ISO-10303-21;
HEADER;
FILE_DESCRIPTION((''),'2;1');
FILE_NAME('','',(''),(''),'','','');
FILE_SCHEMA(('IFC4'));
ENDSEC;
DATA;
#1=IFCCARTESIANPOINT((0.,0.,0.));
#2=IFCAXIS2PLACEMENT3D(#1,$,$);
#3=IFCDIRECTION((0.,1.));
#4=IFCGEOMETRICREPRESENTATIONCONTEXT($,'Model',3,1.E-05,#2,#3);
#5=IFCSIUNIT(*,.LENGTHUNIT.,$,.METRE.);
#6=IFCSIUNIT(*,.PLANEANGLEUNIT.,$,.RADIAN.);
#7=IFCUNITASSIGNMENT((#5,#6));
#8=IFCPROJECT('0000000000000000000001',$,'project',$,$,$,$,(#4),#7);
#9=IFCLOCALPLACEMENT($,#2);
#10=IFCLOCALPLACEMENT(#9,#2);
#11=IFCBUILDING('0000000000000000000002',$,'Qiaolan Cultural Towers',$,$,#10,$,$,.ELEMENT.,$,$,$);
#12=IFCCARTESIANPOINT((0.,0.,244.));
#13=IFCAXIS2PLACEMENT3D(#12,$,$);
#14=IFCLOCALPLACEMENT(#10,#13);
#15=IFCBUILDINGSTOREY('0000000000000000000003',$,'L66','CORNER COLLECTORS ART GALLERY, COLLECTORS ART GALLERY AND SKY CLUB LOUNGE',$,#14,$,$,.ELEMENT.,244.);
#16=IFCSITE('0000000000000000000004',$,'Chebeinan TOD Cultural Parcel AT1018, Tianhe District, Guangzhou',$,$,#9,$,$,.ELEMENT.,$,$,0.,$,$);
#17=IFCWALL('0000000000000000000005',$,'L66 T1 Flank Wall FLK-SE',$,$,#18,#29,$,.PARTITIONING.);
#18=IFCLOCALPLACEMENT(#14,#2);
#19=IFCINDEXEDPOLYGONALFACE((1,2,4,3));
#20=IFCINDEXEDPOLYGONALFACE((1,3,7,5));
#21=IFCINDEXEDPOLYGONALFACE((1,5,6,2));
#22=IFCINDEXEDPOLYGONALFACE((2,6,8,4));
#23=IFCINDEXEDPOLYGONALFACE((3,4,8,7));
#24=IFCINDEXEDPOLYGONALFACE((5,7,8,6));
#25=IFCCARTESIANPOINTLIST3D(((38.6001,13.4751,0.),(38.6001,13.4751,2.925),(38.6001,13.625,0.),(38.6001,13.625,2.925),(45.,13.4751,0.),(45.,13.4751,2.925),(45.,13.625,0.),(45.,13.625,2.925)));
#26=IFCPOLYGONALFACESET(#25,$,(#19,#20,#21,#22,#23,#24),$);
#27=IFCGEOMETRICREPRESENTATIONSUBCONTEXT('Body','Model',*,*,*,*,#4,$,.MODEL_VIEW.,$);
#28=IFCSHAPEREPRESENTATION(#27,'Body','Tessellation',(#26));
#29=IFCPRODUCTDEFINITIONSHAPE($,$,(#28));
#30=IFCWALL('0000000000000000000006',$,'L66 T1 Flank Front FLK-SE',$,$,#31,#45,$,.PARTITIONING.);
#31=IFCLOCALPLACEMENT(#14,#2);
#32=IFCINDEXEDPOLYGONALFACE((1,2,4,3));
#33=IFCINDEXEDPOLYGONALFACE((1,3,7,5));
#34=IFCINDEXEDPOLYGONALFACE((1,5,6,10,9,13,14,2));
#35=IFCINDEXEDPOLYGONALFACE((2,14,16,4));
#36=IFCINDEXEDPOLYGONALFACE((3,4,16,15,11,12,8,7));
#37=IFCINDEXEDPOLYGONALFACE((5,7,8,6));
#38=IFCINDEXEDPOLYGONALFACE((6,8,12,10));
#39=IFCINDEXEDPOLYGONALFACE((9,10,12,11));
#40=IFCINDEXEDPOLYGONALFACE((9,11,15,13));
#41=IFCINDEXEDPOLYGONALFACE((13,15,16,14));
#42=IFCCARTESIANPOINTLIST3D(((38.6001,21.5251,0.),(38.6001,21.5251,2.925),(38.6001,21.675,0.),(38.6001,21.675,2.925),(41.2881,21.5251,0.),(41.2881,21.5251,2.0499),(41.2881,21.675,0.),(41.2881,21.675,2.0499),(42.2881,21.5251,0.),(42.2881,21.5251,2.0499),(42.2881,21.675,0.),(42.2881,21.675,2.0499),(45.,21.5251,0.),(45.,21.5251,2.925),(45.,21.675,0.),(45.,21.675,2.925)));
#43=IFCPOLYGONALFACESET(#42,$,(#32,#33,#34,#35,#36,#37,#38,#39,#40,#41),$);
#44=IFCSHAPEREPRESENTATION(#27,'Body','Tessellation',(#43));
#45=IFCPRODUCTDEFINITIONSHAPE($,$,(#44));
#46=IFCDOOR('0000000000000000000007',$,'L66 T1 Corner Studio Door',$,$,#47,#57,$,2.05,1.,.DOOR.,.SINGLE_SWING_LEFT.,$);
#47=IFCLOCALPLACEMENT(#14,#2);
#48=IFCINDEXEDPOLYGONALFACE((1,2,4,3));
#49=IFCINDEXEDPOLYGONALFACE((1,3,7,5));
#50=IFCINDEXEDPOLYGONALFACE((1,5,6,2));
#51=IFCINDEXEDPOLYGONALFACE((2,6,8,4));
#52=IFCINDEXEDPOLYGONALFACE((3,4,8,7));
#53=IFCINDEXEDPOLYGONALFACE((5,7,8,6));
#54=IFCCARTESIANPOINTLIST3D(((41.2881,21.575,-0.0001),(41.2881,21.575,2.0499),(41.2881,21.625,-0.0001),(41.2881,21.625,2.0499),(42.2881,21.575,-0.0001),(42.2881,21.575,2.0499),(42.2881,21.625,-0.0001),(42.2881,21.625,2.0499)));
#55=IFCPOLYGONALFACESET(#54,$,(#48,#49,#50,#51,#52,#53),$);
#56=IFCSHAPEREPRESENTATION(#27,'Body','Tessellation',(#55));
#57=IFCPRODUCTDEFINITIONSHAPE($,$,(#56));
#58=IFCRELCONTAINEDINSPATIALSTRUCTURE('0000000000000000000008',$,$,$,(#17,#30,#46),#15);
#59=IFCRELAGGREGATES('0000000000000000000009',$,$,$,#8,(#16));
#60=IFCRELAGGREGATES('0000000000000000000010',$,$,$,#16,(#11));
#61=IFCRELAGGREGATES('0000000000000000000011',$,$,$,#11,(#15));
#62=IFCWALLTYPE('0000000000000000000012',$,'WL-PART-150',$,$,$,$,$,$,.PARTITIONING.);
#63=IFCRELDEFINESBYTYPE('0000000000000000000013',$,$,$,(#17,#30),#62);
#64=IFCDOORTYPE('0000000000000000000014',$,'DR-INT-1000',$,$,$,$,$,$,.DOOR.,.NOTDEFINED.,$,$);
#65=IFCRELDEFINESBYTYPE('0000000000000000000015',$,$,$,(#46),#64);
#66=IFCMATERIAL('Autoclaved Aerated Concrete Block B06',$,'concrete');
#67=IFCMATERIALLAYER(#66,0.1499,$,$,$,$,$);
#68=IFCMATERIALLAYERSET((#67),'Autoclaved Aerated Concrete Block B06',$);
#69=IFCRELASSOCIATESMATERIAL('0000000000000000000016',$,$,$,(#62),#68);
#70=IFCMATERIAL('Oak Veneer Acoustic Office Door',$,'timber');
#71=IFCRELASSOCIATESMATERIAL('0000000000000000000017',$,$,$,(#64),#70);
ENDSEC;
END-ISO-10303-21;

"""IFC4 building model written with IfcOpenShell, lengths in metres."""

from ifc_helpers import new_model, si_unit, direction, frame, frame_2d, origin, place, context, subcontext, project, spatial, rectangle, extrude, material, layer, layer_set, type_object, element, fill, save


model = new_model("IFC4")

# Units and contexts
model_context = context("Model", 3, precision=1e-05, world=origin(), true_north=direction((0.0, 1.0)))
body_context = subcontext(model_context, "Body", "Model", "MODEL_VIEW")
ifc_project = project(units=[si_unit("LENGTHUNIT", "METRE"), si_unit("PLANEANGLEUNIT", "RADIAN")], contexts=[model_context])

# Site, building, storey
site_placement = place(None, origin())
site = spatial("IfcSite", under=ifc_project, at=site_placement, Name="Chebeinan TOD Cultural Parcel AT1018, Tianhe District, Guangzhou", CompositionType="ELEMENT", RefElevation=0.0)
building_placement = place(site_placement, origin())
building = spatial("IfcBuilding", under=site, at=building_placement, Name="Qiaolan Cultural Towers", CompositionType="ELEMENT")
storey_placement = place(building_placement, frame((0.0, 0.0, 244.0)))
storey = spatial("IfcBuildingStorey", under=building, at=storey_placement, Name="L66", Description="CORNER COLLECTORS ART GALLERY, COLLECTORS ART GALLERY AND SKY CLUB LOUNGE", CompositionType="ELEMENT", Elevation=244.0)

# Shared definitions
ifc_material_1 = material(Name="Autoclaved Aerated Concrete Block B06", Category="concrete")
ifc_layer_1 = layer(ifc_material_1, 0.1499)
ifc_layer_set_1 = layer_set([ifc_layer_1], Name="Autoclaved Aerated Concrete Block B06")
wall_type_1 = type_object("IfcWallType", Name="WL-PART-150", PredefinedType="PARTITIONING", material=ifc_layer_set_1)

# Wall
wall_1_placement = place(storey_placement, frame((38.6001, 13.55, 0.0), z_axis=(0.0, 0.0, 1.0), x_axis=(1.0, 0.0, 0.0)))
element("IfcWall", 1, at=wall_1_placement, inside=storey, type_object=wall_type_1, Name="L66 T1 Flank Wall FLK-SE", PredefinedType="PARTITIONING", context=body_context, shape_type="SweptSolid", body=[
    extrude(rectangle(XDim=6.3999, YDim=0.1499, at=frame_2d((3.2, 0.0))), origin(), (0.0, 0.0, 1.0), 2.925),
])

# Wall, opening, door
wall_2_placement = place(storey_placement, frame((38.6001, 21.6001, 0.0), z_axis=(0.0, 0.0, 1.0), x_axis=(1.0, 0.0, 0.0)))
wall_2 = element("IfcWall", 2, at=wall_2_placement, inside=storey, type_object=wall_type_1, Name="L66 T1 Flank Front FLK-SE", PredefinedType="PARTITIONING", context=body_context, shape_type="SweptSolid", body=[
    extrude(rectangle(XDim=6.3999, YDim=0.1499, at=frame_2d((3.2, 0.0))), origin(), (0.0, 0.0, 1.0), 2.925),
])
opening_1_placement = place(wall_2_placement, frame((2.688, 0.0, 0.0)))
opening_1 = element("IfcOpeningElement", 3, at=opening_1_placement, cuts=wall_2, PredefinedType="OPENING", context=body_context, shape_type="SweptSolid", body=[
    extrude(rectangle(XDim=1.0, YDim=2.05, at=frame_2d((0.5, 1.0249))), frame((0.0, 0.085, 0.0), z_axis=(0.0, -1.0, 0.0), x_axis=(1.0, 0.0, 0.0)), (0.0, 0.0, 1.0), 0.1699),
])
ifc_material_2 = material(Name="Oak Veneer Acoustic Office Door", Category="timber")
door_type_1 = type_object("IfcDoorType", Name="DR-INT-1000", OperationType="NOTDEFINED", PredefinedType="DOOR", material=ifc_material_2)
door_1_placement = place(opening_1_placement, origin())
door_1 = element("IfcDoor", 4, at=door_1_placement, inside=storey, type_object=door_type_1, Name="L66 T1 Corner Studio Door", OperationType="SINGLE_SWING_LEFT", OverallHeight=2.05, OverallWidth=1.0, PredefinedType="DOOR", context=body_context, shape_type="SweptSolid", body=[
    extrude(rectangle(XDim=1.0, YDim=2.05, at=frame_2d((0.5, 1.0249))), frame((0.0, 0.0249, 0.0), z_axis=(0.0, -1.0, 0.0), x_axis=(1.0, 0.0, 0.0)), (0.0, 0.0, 1.0), 0.05),
])
fill(opening_1, door_1)

save(model, "model.ifc")
